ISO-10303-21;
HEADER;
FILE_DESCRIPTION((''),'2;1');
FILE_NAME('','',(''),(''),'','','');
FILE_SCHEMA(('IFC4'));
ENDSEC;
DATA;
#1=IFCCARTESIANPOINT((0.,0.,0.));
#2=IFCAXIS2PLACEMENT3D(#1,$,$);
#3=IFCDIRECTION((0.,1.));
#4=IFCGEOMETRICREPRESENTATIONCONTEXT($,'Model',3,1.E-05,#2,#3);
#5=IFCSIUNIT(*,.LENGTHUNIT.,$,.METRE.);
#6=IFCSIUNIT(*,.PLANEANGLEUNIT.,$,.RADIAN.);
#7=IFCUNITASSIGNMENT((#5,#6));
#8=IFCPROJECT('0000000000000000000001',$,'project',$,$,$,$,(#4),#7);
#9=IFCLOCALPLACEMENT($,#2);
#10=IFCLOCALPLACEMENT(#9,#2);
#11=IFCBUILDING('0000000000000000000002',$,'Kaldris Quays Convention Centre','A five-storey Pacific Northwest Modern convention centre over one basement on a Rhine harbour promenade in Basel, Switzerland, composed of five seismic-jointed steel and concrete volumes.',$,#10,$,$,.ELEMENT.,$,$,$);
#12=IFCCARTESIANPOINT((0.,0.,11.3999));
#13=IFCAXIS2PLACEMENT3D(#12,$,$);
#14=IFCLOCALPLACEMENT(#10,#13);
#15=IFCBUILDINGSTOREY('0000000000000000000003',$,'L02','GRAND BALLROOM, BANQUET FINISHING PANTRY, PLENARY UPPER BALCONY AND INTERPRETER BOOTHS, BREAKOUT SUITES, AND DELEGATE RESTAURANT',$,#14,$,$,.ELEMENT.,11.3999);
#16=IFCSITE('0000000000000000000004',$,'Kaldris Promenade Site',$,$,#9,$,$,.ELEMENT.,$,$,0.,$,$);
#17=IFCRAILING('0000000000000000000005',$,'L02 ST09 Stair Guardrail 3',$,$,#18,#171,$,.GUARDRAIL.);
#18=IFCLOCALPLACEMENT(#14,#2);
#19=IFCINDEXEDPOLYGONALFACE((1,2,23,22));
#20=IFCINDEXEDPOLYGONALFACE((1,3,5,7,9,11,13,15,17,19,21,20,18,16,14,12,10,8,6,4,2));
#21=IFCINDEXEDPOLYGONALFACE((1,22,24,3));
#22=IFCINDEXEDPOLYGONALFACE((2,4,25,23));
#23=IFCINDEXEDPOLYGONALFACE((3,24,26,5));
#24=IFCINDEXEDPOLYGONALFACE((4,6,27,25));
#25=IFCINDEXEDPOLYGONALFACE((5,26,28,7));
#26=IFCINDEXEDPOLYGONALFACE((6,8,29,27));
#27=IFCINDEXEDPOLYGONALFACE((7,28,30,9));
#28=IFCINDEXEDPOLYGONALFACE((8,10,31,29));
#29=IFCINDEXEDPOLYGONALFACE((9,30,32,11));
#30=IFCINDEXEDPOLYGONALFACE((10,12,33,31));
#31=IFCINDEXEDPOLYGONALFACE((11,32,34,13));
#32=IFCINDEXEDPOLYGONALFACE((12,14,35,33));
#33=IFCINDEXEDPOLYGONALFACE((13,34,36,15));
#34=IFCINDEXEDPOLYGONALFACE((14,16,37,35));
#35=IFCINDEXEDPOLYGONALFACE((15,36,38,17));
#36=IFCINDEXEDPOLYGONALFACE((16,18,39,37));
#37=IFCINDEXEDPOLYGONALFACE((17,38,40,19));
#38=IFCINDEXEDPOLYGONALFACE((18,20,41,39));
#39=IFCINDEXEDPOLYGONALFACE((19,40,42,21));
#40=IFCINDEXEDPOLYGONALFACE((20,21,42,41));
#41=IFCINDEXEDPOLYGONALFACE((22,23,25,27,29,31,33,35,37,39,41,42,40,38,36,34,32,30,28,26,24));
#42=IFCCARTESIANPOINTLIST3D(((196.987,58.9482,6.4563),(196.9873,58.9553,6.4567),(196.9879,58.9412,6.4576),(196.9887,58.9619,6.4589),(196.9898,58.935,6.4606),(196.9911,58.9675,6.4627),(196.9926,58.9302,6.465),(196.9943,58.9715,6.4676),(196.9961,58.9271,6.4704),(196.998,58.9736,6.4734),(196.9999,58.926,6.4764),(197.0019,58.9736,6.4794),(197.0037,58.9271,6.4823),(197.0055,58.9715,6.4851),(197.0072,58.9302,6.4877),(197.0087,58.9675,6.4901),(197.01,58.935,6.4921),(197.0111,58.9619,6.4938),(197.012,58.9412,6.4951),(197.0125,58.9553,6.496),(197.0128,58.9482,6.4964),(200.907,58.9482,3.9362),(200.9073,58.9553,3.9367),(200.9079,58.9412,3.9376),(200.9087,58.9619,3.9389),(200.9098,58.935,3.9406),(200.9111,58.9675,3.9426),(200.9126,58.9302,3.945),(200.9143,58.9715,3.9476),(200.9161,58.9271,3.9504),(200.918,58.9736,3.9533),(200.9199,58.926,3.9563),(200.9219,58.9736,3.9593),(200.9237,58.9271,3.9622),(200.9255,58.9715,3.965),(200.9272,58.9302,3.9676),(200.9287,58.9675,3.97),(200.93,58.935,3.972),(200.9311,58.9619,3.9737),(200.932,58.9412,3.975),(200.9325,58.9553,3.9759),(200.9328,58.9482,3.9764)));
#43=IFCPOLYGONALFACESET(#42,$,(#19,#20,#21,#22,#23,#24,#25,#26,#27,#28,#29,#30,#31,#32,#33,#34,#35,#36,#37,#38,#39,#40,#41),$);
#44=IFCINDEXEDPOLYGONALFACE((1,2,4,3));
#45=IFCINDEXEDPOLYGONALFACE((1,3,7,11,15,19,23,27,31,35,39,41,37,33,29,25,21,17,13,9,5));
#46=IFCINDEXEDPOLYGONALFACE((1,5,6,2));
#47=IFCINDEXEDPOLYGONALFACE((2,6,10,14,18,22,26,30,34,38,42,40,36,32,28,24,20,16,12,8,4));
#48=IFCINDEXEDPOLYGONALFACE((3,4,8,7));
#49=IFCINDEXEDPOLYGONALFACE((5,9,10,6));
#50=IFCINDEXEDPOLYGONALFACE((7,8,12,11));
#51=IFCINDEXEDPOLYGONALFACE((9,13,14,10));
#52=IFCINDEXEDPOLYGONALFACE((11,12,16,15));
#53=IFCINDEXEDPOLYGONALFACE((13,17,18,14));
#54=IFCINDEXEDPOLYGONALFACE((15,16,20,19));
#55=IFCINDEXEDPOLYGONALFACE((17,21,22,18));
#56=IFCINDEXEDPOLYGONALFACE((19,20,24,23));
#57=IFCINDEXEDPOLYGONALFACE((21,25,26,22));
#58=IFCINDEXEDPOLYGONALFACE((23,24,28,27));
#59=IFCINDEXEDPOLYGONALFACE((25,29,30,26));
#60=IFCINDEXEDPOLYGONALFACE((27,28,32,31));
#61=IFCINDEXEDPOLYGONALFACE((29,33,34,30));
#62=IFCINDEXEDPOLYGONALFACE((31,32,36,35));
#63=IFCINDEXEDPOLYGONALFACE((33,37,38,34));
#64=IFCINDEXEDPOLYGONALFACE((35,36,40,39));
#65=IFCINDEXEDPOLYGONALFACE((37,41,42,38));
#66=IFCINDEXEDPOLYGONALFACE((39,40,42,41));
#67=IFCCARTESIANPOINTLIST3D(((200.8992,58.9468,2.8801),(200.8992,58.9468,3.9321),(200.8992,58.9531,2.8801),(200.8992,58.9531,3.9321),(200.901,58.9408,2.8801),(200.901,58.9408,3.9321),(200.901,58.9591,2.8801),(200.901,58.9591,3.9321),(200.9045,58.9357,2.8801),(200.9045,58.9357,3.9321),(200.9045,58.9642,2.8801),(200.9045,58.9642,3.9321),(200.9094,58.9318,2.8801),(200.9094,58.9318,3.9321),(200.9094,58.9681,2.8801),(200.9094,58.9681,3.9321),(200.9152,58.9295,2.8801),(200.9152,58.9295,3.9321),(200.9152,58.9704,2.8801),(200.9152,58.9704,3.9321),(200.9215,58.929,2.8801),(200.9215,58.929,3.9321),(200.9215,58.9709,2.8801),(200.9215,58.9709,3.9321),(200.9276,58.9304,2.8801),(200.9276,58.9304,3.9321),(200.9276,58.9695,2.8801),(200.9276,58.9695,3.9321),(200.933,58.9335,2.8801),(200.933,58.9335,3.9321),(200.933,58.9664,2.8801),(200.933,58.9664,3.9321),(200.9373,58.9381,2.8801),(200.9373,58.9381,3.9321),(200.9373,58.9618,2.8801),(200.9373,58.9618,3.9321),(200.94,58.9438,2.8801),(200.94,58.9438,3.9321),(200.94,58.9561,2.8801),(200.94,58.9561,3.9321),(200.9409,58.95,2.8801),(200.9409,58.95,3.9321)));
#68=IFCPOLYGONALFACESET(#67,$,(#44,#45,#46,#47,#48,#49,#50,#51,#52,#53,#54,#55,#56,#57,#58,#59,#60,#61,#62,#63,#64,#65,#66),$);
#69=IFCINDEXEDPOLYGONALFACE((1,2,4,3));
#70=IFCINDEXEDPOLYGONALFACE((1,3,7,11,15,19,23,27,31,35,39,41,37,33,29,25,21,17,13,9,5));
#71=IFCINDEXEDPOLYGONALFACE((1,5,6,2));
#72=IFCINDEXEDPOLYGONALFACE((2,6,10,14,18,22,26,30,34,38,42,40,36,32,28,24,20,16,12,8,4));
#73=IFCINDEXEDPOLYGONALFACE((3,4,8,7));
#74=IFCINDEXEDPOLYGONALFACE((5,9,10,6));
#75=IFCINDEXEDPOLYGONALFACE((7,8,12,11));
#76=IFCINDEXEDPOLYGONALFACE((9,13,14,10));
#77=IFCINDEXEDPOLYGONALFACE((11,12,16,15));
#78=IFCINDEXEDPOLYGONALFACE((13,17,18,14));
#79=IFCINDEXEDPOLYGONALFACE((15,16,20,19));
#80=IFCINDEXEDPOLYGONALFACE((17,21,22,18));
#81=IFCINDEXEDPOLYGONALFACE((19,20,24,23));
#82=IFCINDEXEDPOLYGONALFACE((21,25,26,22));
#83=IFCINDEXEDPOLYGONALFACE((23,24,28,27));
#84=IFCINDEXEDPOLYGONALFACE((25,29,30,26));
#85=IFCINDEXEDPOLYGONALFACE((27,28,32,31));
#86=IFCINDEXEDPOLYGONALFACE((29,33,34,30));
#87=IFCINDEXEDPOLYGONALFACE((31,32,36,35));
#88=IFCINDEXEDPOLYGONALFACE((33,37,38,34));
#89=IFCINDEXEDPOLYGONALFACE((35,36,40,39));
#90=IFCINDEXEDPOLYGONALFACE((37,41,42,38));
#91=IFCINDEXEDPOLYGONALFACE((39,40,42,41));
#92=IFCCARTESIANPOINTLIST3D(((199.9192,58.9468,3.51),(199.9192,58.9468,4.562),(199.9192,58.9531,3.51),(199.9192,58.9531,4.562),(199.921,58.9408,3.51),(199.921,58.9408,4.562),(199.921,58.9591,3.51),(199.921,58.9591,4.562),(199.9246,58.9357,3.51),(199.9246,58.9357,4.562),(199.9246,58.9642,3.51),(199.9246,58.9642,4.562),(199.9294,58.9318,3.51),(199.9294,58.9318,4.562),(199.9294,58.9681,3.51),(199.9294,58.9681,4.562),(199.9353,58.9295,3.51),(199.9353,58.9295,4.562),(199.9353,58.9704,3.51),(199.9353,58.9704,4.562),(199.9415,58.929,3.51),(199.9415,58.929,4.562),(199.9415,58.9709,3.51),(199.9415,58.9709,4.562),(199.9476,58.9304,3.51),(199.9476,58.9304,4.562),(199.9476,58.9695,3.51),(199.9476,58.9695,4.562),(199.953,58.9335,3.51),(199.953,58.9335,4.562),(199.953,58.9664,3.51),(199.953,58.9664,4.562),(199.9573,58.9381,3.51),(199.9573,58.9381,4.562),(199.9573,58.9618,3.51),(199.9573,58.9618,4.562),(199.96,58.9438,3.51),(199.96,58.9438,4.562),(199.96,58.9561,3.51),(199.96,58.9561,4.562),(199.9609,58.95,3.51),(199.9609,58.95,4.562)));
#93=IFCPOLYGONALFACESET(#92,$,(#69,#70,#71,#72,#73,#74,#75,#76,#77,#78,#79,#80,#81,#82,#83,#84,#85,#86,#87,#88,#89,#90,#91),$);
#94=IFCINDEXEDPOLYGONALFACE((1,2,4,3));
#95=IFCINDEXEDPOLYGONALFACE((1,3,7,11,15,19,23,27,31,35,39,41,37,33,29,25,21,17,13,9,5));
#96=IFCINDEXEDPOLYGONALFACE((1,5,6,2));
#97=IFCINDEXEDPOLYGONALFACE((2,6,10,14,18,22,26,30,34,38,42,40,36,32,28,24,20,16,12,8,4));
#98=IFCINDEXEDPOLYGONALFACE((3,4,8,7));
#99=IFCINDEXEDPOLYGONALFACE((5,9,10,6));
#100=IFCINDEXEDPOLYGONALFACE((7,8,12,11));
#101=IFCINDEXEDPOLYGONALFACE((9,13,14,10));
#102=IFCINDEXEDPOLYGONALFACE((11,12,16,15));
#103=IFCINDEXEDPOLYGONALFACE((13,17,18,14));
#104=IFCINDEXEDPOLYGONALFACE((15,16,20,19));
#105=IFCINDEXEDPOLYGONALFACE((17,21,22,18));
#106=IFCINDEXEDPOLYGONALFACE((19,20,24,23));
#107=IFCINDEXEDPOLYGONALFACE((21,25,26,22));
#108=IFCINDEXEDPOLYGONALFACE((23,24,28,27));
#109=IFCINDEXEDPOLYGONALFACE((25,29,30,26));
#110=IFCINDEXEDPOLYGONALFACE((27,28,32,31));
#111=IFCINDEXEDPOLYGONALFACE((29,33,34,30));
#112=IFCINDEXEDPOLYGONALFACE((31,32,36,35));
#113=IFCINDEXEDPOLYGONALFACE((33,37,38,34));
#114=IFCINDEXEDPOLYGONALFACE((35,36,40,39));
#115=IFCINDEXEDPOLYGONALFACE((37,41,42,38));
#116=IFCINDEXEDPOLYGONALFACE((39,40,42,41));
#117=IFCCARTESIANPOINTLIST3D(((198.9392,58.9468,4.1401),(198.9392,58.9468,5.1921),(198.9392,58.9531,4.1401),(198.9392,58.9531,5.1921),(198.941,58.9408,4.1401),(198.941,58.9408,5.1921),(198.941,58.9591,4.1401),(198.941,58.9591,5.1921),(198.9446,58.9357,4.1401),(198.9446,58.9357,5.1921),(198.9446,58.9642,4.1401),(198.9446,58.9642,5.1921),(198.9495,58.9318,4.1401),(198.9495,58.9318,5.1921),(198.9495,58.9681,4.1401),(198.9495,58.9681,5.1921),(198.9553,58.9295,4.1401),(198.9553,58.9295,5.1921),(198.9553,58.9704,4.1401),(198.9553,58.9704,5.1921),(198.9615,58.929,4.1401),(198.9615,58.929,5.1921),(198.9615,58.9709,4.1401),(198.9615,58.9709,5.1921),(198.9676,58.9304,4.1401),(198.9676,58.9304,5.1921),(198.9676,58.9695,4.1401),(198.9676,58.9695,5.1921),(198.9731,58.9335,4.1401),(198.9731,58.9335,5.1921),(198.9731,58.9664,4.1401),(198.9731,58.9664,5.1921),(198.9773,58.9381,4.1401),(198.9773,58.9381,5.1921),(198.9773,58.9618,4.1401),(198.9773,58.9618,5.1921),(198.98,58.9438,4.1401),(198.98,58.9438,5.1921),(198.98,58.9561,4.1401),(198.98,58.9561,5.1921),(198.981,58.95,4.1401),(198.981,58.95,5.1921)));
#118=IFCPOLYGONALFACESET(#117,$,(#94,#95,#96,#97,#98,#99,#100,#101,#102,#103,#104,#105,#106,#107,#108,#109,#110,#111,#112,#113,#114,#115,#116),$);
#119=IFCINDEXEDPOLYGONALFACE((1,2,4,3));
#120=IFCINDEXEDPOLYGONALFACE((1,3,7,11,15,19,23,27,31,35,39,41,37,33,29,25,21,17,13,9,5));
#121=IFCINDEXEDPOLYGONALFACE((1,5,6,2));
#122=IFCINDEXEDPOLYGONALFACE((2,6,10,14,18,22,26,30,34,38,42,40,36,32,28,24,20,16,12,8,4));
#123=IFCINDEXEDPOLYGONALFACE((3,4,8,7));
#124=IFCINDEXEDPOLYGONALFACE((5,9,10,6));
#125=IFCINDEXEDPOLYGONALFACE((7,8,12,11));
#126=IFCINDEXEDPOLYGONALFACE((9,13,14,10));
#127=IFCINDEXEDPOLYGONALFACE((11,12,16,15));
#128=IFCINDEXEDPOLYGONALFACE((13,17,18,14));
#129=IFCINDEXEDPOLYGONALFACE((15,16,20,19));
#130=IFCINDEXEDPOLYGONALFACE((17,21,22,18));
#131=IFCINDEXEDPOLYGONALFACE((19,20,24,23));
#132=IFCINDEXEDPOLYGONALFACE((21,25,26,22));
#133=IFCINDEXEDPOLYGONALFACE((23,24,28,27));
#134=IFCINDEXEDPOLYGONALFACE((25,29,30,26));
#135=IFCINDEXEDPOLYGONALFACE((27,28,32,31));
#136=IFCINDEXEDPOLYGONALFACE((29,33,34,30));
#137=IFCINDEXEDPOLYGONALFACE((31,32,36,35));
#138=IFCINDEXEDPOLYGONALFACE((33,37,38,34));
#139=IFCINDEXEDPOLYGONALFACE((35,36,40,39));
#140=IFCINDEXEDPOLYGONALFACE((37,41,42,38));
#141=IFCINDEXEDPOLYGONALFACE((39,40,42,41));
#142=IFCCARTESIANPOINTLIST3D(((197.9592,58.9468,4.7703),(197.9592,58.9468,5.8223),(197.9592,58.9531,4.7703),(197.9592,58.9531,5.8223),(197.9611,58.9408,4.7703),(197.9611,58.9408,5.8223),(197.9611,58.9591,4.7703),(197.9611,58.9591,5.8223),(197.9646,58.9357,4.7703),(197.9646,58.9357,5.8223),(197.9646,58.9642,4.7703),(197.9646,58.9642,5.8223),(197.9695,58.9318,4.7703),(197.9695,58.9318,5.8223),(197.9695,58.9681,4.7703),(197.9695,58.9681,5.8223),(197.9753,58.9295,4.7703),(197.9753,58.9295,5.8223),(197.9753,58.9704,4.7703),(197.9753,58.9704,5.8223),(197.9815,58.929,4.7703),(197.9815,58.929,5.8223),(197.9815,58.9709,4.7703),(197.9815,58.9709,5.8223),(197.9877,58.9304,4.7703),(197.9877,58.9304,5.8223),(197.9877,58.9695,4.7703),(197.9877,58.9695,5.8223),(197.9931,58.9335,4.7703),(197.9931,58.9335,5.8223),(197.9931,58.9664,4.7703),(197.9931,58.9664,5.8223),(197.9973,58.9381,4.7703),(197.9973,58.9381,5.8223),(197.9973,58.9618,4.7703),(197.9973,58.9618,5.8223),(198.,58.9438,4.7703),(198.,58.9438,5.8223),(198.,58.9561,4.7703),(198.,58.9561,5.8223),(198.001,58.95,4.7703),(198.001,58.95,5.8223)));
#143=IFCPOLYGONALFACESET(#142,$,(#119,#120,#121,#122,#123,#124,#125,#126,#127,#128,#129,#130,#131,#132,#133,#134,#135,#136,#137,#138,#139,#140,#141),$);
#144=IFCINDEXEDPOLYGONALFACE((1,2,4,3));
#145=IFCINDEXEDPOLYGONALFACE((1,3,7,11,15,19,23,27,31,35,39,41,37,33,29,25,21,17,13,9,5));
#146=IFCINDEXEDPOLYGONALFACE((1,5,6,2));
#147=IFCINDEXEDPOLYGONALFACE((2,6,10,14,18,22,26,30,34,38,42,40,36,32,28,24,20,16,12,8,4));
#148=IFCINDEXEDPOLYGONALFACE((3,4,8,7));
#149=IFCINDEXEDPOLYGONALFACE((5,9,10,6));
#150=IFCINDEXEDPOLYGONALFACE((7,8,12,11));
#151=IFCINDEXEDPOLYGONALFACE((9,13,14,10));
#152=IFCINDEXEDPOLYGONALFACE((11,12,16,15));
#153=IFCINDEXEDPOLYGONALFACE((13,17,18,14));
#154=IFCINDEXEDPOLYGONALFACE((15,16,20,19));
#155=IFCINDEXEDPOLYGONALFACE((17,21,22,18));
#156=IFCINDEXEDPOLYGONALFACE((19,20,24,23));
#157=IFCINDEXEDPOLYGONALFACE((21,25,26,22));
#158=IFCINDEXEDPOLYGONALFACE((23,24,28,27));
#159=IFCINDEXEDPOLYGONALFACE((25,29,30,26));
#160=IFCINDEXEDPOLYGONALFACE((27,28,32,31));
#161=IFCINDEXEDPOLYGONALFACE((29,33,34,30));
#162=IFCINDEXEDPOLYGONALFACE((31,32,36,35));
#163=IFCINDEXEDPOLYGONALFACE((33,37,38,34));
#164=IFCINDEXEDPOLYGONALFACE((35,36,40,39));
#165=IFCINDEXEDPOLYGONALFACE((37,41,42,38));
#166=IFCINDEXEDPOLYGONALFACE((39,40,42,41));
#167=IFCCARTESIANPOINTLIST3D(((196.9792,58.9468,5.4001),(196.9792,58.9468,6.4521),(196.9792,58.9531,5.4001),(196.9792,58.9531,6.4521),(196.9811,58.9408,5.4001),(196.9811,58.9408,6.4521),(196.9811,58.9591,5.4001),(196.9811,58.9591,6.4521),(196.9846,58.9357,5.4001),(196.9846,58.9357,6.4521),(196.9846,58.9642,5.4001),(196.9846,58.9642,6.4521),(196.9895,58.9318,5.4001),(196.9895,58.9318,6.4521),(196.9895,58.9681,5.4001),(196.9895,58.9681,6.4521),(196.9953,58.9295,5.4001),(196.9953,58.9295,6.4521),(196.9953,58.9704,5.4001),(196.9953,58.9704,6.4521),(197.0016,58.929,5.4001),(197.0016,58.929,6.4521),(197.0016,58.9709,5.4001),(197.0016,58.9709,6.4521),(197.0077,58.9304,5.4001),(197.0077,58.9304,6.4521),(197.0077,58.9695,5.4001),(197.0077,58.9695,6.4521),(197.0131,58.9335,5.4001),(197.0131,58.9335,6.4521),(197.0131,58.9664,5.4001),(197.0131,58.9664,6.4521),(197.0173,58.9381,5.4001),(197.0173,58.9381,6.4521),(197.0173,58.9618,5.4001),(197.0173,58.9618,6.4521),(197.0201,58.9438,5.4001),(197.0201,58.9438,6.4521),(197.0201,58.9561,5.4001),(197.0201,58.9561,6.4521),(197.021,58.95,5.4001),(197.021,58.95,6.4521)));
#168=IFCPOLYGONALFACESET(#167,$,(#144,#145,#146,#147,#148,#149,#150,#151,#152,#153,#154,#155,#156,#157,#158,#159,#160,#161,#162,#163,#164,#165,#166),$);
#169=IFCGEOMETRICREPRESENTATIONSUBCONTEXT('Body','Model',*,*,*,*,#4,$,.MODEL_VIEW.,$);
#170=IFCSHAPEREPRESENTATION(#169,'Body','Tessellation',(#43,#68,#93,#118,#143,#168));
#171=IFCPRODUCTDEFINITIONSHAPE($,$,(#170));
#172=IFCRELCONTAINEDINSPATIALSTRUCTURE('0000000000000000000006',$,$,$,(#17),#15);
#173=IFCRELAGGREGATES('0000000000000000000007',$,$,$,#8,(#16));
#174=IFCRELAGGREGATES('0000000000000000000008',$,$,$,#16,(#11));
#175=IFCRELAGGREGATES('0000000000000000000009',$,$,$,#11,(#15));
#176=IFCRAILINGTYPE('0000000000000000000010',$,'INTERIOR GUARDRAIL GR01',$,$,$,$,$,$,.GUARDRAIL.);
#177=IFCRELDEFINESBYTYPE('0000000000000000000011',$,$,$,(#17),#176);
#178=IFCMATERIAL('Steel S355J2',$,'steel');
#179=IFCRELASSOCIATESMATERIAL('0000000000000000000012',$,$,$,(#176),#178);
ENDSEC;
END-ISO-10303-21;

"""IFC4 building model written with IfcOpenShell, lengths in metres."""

from ifc_helpers import new_model, si_unit, direction, frame, origin, origin_2d, place, context, subcontext, project, spatial, circle, extrude, material, type_object, element, save


model = new_model("IFC4")

# Units and contexts
model_context = context("Model", 3, precision=1e-05, world=origin(), true_north=direction((0.0, 1.0)))
body_context = subcontext(model_context, "Body", "Model", "MODEL_VIEW")
ifc_project = project(units=[si_unit("LENGTHUNIT", "METRE"), si_unit("PLANEANGLEUNIT", "RADIAN")], contexts=[model_context])

# Site, building, storey
site_placement = place(None, origin())
site = spatial("IfcSite", under=ifc_project, at=site_placement, Name="Kaldris Promenade Site", CompositionType="ELEMENT", RefElevation=0.0)
building_placement = place(site_placement, origin())
building = spatial("IfcBuilding", under=site, at=building_placement, Name="Kaldris Quays Convention Centre", Description="A five-storey Pacific Northwest Modern convention centre over one basement on a Rhine harbour promenade in Basel, Switzerland, composed of five seismic-jointed steel and concrete volumes.", CompositionType="ELEMENT")
storey_placement = place(building_placement, frame((0.0, 0.0, 11.3999)))
storey = spatial("IfcBuildingStorey", under=building, at=storey_placement, Name="L02", Description="GRAND BALLROOM, BANQUET FINISHING PANTRY, PLENARY UPPER BALCONY AND INTERPRETER BOOTHS, BREAKOUT SUITES, AND DELEGATE RESTAURANT", CompositionType="ELEMENT", Elevation=11.3999)

# Shared definitions
ifc_material_1 = material(Name="Steel S355J2", Category="steel")

# Railing
railing_type_1 = type_object("IfcRailingType", Name="INTERIOR GUARDRAIL GR01", PredefinedType="GUARDRAIL", material=ifc_material_1)
railing_1_placement = place(storey_placement, frame((200.9199, 58.95, 2.8801)))
element("IfcRailing", 1, at=railing_1_placement, inside=storey, type_object=railing_type_1, Name="L02 ST09 Stair Guardrail 3", PredefinedType="GUARDRAIL", context=body_context, shape_type="SweptSolid", body=[
    extrude(circle(Radius=0.0239, at=origin_2d()), frame((0.0, 0.0, 1.0762), z_axis=(-0.841172, 0.0, 0.540768), x_axis=(0.0, -1.0, 0.0)), (0.0, 0.0, 1.0), 4.6602),
    extrude(circle(Radius=0.021, at=origin_2d()), origin(), (0.0, 0.0, 1.0), 1.052),
    extrude(circle(Radius=0.021, at=origin_2d()), frame((-0.98, 0.0, 0.6299)), (0.0, 0.0, 1.0), 1.052),
    extrude(circle(Radius=0.021, at=origin_2d()), frame((-1.96, 0.0, 1.26)), (0.0, 0.0, 1.0), 1.052),
    extrude(circle(Radius=0.021, at=origin_2d()), frame((-2.9399, 0.0, 1.8901)), (0.0, 0.0, 1.0), 1.052),
    extrude(circle(Radius=0.021, at=origin_2d()), frame((-3.9199, 0.0, 2.52)), (0.0, 0.0, 1.0), 1.052),
])

save(model, "model.ifc")
